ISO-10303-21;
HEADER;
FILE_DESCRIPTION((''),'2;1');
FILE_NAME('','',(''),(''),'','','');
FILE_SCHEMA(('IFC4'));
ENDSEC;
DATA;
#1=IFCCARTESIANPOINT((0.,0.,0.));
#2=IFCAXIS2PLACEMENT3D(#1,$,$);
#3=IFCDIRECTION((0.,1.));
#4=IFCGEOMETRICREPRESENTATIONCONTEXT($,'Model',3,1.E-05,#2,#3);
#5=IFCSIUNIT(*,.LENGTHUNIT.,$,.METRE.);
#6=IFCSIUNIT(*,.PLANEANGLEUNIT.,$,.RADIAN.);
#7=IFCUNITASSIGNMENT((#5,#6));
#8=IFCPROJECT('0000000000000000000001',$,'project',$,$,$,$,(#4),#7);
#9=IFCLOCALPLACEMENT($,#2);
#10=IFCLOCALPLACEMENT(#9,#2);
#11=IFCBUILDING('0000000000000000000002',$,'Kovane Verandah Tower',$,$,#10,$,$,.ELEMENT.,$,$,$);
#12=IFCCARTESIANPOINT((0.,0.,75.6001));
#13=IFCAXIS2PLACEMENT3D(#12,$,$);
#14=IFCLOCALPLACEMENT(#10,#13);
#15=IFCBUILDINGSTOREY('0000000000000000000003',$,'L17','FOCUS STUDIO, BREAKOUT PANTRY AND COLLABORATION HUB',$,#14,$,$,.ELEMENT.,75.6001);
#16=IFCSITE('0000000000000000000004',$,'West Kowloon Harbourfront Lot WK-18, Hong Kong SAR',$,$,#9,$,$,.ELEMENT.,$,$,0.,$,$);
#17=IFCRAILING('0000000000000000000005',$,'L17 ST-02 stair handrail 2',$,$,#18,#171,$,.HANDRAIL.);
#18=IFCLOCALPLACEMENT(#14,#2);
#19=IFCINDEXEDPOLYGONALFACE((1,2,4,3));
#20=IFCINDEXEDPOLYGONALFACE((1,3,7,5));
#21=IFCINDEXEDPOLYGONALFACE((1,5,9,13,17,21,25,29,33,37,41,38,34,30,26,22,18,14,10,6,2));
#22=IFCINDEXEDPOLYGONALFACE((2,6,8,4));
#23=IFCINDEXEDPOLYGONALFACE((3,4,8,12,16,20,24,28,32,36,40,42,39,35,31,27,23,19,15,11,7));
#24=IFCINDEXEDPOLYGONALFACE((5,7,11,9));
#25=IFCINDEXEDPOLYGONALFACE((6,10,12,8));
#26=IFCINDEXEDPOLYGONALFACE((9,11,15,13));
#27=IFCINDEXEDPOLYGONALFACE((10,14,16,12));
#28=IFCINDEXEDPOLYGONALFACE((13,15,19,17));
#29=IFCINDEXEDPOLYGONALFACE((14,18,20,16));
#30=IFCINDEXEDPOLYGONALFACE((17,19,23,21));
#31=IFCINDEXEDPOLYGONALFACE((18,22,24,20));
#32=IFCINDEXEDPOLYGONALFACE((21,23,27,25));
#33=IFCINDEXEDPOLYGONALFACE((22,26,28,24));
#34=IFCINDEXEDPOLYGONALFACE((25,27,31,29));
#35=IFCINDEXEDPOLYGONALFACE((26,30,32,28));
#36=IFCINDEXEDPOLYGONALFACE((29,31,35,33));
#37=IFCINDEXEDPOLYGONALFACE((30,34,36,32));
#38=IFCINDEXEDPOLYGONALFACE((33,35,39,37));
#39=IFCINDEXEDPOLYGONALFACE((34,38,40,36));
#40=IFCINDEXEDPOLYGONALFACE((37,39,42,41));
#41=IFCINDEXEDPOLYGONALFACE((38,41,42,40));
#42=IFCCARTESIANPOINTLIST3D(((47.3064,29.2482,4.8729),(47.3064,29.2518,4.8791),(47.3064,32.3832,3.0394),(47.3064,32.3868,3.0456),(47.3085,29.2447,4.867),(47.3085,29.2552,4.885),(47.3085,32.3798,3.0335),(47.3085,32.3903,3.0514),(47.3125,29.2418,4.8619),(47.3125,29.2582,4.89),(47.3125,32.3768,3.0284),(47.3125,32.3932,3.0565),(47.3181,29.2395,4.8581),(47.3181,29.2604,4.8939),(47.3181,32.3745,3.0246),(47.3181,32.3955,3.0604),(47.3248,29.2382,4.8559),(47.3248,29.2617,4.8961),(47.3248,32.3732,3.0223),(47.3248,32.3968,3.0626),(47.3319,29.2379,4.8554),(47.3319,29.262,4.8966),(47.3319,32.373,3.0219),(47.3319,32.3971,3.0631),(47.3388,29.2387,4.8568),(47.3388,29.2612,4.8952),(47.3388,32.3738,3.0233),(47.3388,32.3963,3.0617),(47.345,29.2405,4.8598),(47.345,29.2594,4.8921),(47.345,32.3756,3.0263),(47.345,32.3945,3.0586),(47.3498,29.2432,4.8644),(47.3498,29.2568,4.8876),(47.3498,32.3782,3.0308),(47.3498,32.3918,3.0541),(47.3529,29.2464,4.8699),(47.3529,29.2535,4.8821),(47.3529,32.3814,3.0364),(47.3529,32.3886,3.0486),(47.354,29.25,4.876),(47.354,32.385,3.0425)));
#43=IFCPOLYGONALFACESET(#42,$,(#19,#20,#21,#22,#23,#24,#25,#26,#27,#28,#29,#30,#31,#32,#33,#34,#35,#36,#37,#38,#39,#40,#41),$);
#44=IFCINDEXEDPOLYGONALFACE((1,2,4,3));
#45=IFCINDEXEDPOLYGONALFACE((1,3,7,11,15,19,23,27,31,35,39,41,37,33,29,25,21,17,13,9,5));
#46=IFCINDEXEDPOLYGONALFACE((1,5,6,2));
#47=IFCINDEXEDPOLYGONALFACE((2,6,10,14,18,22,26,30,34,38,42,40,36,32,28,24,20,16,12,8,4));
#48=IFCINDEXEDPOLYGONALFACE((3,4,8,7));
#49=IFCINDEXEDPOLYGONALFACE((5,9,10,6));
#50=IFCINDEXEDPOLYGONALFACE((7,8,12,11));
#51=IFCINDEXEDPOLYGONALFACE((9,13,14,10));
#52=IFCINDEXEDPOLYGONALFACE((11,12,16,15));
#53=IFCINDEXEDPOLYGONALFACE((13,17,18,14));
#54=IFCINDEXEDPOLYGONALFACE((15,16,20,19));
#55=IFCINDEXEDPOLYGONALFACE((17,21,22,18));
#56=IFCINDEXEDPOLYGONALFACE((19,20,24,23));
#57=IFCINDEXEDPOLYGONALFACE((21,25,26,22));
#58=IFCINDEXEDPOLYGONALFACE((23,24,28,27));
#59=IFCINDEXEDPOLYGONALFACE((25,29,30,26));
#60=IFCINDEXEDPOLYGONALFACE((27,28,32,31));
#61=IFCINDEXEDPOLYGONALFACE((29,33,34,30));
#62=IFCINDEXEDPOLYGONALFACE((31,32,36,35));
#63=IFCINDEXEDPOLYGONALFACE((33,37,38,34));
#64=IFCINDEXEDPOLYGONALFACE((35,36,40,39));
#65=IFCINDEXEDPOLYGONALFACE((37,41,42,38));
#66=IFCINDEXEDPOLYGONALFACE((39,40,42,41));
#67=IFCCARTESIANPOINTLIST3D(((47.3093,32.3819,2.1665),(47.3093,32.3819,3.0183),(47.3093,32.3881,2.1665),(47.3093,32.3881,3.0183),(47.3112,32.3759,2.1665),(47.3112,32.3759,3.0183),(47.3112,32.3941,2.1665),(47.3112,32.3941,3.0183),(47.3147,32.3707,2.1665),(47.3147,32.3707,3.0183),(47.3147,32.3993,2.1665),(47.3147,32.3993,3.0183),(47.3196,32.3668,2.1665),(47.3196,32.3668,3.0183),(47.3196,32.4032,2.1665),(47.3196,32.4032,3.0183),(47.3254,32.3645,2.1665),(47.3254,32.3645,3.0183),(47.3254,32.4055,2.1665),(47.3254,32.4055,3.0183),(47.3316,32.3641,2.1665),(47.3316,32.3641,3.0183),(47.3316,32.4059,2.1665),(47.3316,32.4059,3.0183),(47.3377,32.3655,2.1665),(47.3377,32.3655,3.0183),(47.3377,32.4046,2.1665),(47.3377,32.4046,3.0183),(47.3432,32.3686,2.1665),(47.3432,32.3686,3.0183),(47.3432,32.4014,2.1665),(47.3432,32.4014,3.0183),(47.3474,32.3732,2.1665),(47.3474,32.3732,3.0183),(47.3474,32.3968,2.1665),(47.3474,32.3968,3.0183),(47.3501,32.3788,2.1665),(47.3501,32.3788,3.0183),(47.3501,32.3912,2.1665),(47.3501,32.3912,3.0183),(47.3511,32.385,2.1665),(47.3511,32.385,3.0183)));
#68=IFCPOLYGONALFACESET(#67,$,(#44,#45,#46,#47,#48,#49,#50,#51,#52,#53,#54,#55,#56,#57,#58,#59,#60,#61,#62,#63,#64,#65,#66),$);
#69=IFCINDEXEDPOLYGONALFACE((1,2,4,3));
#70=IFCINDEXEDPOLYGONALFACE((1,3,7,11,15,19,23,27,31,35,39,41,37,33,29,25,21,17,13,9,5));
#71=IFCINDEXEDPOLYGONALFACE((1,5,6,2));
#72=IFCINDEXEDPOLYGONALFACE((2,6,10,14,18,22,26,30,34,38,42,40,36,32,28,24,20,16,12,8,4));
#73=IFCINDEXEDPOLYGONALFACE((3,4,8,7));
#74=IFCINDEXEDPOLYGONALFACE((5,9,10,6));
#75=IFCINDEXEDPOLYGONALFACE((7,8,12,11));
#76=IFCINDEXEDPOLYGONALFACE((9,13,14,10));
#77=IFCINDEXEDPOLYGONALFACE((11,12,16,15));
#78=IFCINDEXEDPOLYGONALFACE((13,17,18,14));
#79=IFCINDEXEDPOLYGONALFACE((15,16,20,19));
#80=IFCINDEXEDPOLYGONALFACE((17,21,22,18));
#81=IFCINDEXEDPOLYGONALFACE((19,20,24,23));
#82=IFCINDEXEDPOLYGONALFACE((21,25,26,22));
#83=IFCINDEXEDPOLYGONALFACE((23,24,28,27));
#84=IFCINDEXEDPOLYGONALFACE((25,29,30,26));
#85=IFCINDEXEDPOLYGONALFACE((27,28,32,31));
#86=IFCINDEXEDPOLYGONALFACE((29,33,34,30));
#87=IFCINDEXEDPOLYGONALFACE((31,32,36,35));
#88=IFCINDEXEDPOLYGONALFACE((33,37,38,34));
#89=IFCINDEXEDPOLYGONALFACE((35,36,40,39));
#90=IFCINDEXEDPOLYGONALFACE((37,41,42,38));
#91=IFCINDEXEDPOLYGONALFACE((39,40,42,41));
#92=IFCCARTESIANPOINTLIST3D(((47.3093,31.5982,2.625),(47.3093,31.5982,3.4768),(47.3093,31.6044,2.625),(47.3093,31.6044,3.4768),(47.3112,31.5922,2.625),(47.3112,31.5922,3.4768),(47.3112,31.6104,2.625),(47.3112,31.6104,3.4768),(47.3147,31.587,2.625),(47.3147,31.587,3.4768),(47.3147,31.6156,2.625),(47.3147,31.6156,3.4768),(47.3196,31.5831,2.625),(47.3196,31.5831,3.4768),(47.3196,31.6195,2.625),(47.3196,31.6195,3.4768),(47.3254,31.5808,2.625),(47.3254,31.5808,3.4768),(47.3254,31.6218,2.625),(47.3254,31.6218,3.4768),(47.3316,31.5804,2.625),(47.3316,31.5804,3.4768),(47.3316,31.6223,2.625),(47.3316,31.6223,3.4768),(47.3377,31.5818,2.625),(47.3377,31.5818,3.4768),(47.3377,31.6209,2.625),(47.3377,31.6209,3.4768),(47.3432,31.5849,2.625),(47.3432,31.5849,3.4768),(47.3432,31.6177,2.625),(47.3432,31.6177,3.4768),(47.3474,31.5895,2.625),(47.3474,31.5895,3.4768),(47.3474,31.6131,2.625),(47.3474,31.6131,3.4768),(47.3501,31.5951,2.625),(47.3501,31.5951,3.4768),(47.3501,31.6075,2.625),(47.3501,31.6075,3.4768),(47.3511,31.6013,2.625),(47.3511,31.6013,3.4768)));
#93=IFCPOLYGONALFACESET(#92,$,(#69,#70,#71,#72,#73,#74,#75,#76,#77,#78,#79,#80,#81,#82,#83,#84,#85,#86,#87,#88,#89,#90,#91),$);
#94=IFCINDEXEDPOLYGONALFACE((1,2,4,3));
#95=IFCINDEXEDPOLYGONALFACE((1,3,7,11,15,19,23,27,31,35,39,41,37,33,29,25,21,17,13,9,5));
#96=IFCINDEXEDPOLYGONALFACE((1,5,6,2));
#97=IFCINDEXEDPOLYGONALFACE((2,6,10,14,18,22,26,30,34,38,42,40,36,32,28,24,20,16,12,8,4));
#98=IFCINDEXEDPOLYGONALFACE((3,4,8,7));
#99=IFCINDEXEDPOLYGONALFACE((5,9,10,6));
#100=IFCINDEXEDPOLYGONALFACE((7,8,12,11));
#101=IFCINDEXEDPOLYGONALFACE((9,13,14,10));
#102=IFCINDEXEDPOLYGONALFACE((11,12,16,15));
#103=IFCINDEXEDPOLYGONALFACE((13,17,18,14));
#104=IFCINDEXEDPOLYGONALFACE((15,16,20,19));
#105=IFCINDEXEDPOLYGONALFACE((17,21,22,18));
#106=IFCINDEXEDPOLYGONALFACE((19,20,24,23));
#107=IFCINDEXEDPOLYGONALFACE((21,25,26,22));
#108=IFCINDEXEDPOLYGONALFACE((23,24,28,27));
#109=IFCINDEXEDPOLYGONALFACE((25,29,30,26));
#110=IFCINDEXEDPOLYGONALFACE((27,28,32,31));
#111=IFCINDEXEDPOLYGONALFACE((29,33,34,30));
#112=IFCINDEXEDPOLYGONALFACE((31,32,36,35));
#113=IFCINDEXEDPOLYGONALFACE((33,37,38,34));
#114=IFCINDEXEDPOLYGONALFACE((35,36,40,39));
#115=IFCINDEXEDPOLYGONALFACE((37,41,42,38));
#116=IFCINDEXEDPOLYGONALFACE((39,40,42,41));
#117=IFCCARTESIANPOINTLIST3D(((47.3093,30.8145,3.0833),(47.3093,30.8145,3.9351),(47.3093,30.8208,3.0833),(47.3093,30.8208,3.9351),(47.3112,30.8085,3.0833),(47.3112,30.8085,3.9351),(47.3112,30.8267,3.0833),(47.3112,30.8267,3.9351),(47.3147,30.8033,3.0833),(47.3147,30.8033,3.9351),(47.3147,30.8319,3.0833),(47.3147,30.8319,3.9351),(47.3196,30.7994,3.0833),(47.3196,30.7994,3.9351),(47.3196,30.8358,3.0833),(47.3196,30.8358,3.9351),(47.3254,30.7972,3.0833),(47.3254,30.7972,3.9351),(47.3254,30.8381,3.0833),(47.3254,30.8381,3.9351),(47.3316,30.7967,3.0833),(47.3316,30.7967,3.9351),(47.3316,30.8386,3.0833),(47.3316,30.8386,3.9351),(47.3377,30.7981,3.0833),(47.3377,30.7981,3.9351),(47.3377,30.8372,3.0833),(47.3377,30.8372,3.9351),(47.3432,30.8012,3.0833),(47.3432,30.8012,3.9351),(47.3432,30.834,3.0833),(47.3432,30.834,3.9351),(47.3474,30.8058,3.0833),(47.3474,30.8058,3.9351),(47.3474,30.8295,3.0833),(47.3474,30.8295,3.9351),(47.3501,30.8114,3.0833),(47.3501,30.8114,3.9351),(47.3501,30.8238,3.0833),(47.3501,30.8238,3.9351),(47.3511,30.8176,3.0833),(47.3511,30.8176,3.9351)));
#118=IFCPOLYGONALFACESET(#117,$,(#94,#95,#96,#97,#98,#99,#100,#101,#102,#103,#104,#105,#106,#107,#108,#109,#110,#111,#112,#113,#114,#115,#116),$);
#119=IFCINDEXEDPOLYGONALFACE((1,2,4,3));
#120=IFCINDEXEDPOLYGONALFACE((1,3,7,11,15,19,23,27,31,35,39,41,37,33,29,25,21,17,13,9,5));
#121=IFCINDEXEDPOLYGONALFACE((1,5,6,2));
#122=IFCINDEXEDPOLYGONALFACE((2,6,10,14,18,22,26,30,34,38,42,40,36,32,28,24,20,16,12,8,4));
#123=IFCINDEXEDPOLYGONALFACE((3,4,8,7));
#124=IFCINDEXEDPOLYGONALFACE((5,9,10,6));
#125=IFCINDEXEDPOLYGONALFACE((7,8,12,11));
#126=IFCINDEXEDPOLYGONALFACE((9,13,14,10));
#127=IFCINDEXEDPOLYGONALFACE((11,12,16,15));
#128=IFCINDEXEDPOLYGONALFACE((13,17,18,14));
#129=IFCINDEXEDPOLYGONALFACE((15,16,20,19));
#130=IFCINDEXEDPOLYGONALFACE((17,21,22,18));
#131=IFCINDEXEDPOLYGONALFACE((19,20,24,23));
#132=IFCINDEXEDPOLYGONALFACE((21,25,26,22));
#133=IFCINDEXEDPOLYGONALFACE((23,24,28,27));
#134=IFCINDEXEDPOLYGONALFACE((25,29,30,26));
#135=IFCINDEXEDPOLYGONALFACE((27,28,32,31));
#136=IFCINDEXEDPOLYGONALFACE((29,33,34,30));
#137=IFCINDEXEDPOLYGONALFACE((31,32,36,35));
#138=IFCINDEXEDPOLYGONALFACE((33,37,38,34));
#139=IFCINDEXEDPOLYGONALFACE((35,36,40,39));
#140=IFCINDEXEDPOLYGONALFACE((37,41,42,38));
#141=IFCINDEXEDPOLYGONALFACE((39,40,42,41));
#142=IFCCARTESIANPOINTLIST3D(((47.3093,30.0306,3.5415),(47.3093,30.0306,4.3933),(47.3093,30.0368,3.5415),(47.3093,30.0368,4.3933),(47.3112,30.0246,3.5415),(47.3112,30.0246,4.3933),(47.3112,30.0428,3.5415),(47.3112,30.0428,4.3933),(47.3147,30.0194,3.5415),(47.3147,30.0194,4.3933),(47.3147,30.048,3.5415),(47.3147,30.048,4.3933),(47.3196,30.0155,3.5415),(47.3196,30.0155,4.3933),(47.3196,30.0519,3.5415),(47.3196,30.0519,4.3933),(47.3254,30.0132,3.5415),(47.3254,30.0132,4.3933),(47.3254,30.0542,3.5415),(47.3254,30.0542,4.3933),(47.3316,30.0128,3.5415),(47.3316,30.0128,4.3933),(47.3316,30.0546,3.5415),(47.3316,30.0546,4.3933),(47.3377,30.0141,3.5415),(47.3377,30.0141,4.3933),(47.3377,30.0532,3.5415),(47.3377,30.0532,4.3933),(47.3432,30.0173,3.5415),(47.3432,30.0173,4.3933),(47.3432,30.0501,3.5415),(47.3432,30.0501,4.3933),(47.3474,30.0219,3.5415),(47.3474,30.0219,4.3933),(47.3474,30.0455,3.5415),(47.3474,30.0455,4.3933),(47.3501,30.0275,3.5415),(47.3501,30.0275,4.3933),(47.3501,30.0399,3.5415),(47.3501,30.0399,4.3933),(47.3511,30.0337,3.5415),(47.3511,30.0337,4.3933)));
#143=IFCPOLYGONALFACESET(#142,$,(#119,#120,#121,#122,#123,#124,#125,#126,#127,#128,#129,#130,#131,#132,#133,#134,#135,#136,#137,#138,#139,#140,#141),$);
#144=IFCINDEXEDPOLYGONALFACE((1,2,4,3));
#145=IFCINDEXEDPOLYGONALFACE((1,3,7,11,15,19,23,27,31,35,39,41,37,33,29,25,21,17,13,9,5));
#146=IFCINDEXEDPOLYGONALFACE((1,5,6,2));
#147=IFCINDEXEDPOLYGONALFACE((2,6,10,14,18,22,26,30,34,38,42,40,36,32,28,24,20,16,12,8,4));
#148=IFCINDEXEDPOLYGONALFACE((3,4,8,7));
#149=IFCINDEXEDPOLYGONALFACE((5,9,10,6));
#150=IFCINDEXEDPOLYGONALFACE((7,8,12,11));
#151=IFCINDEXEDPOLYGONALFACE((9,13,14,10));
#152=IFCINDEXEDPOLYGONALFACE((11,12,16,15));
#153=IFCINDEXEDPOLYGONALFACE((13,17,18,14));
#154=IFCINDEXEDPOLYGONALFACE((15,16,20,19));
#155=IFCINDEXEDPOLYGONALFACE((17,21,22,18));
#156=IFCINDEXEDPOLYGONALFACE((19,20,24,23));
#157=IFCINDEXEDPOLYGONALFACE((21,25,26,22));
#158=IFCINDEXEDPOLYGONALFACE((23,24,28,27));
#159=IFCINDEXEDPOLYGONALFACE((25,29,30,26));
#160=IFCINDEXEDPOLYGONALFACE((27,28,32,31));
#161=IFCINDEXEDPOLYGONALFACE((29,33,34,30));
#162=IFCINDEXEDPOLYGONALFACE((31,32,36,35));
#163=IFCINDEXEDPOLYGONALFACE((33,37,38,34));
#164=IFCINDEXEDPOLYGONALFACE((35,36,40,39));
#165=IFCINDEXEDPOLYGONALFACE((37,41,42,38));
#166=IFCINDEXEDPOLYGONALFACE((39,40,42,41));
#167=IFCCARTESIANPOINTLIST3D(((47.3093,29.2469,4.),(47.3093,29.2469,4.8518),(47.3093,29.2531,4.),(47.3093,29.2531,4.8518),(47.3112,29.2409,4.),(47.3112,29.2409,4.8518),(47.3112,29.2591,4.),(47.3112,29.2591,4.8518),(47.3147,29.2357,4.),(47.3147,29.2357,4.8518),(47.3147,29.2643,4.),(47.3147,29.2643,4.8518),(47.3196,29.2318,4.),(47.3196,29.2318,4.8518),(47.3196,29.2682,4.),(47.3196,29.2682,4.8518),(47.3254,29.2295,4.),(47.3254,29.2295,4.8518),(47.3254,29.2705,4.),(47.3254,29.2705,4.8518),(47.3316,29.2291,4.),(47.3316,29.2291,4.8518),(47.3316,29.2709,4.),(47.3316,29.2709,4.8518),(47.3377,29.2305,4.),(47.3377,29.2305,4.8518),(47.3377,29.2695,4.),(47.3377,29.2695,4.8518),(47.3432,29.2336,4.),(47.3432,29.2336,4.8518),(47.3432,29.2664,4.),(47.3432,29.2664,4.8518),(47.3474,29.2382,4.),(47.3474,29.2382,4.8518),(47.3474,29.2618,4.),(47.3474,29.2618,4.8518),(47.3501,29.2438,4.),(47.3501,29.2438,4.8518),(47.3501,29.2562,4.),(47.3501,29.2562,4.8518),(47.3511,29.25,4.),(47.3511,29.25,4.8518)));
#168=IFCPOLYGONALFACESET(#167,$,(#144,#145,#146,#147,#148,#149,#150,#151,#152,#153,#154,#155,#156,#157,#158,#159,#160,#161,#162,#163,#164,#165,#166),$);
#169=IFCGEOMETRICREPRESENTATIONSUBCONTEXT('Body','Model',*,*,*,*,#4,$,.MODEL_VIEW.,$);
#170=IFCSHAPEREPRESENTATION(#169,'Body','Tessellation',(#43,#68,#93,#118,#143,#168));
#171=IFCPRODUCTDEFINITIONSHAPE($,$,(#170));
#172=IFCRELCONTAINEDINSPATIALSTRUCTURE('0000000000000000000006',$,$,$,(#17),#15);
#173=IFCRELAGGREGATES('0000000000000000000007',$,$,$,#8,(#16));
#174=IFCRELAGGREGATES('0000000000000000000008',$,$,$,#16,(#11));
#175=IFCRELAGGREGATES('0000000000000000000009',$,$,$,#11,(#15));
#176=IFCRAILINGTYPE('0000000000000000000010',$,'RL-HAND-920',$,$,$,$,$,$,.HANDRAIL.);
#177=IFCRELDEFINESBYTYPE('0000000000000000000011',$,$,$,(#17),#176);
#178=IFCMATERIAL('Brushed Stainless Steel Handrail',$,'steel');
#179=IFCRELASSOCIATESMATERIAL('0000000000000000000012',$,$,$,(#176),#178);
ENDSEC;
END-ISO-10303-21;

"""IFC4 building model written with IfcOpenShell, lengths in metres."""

from ifc_helpers import new_model, si_unit, direction, frame, origin, origin_2d, place, context, subcontext, project, spatial, circle, extrude, material, type_object, element, save


model = new_model("IFC4")

# Units and contexts
model_context = context("Model", 3, precision=1e-05, world=origin(), true_north=direction((0.0, 1.0)))
body_context = subcontext(model_context, "Body", "Model", "MODEL_VIEW")
ifc_project = project(units=[si_unit("LENGTHUNIT", "METRE"), si_unit("PLANEANGLEUNIT", "RADIAN")], contexts=[model_context])

# Site, building, storey
site_placement = place(None, origin())
site = spatial("IfcSite", under=ifc_project, at=site_placement, Name="West Kowloon Harbourfront Lot WK-18, Hong Kong SAR", CompositionType="ELEMENT", RefElevation=0.0)
building_placement = place(site_placement, origin())
building = spatial("IfcBuilding", under=site, at=building_placement, Name="Kovane Verandah Tower", CompositionType="ELEMENT")
storey_placement = place(building_placement, frame((0.0, 0.0, 75.6001)))
storey = spatial("IfcBuildingStorey", under=building, at=storey_placement, Name="L17", Description="FOCUS STUDIO, BREAKOUT PANTRY AND COLLABORATION HUB", CompositionType="ELEMENT", Elevation=75.6001)

# Railing
ifc_material_1 = material(Name="Brushed Stainless Steel Handrail", Category="steel")
railing_type_1 = type_object("IfcRailingType", Name="RL-HAND-920", PredefinedType="HANDRAIL", material=ifc_material_1)
railing_1_placement = place(storey_placement, frame((47.3301, 32.385, 2.1665)))
element("IfcRailing", 1, at=railing_1_placement, inside=storey, type_object=railing_type_1, Name="L17 ST-02 stair handrail 2", PredefinedType="HANDRAIL", context=body_context, shape_type="SweptSolid", body=[
    extrude(circle(Radius=0.0239, at=origin_2d()), frame((0.0, 0.0, 0.876), z_axis=(0.0, -0.86321, 0.504845), x_axis=(1.0, 0.0, 0.0)), (0.0, 0.0, 1.0), 3.6318),
    extrude(circle(Radius=0.021, at=origin_2d()), origin(), (0.0, 0.0, 1.0), 0.8518),
    extrude(circle(Radius=0.021, at=origin_2d()), frame((0.0, -0.7837, 0.4585)), (0.0, 0.0, 1.0), 0.8518),
    extrude(circle(Radius=0.021, at=origin_2d()), frame((0.0, -1.5674, 0.9167)), (0.0, 0.0, 1.0), 0.8518),
    extrude(circle(Radius=0.021, at=origin_2d()), frame((0.0, -2.3513, 1.375)), (0.0, 0.0, 1.0), 0.8518),
    extrude(circle(Radius=0.021, at=origin_2d()), frame((0.0, -3.135, 1.8335)), (0.0, 0.0, 1.0), 0.8518),
])

save(model, "model.ifc")
